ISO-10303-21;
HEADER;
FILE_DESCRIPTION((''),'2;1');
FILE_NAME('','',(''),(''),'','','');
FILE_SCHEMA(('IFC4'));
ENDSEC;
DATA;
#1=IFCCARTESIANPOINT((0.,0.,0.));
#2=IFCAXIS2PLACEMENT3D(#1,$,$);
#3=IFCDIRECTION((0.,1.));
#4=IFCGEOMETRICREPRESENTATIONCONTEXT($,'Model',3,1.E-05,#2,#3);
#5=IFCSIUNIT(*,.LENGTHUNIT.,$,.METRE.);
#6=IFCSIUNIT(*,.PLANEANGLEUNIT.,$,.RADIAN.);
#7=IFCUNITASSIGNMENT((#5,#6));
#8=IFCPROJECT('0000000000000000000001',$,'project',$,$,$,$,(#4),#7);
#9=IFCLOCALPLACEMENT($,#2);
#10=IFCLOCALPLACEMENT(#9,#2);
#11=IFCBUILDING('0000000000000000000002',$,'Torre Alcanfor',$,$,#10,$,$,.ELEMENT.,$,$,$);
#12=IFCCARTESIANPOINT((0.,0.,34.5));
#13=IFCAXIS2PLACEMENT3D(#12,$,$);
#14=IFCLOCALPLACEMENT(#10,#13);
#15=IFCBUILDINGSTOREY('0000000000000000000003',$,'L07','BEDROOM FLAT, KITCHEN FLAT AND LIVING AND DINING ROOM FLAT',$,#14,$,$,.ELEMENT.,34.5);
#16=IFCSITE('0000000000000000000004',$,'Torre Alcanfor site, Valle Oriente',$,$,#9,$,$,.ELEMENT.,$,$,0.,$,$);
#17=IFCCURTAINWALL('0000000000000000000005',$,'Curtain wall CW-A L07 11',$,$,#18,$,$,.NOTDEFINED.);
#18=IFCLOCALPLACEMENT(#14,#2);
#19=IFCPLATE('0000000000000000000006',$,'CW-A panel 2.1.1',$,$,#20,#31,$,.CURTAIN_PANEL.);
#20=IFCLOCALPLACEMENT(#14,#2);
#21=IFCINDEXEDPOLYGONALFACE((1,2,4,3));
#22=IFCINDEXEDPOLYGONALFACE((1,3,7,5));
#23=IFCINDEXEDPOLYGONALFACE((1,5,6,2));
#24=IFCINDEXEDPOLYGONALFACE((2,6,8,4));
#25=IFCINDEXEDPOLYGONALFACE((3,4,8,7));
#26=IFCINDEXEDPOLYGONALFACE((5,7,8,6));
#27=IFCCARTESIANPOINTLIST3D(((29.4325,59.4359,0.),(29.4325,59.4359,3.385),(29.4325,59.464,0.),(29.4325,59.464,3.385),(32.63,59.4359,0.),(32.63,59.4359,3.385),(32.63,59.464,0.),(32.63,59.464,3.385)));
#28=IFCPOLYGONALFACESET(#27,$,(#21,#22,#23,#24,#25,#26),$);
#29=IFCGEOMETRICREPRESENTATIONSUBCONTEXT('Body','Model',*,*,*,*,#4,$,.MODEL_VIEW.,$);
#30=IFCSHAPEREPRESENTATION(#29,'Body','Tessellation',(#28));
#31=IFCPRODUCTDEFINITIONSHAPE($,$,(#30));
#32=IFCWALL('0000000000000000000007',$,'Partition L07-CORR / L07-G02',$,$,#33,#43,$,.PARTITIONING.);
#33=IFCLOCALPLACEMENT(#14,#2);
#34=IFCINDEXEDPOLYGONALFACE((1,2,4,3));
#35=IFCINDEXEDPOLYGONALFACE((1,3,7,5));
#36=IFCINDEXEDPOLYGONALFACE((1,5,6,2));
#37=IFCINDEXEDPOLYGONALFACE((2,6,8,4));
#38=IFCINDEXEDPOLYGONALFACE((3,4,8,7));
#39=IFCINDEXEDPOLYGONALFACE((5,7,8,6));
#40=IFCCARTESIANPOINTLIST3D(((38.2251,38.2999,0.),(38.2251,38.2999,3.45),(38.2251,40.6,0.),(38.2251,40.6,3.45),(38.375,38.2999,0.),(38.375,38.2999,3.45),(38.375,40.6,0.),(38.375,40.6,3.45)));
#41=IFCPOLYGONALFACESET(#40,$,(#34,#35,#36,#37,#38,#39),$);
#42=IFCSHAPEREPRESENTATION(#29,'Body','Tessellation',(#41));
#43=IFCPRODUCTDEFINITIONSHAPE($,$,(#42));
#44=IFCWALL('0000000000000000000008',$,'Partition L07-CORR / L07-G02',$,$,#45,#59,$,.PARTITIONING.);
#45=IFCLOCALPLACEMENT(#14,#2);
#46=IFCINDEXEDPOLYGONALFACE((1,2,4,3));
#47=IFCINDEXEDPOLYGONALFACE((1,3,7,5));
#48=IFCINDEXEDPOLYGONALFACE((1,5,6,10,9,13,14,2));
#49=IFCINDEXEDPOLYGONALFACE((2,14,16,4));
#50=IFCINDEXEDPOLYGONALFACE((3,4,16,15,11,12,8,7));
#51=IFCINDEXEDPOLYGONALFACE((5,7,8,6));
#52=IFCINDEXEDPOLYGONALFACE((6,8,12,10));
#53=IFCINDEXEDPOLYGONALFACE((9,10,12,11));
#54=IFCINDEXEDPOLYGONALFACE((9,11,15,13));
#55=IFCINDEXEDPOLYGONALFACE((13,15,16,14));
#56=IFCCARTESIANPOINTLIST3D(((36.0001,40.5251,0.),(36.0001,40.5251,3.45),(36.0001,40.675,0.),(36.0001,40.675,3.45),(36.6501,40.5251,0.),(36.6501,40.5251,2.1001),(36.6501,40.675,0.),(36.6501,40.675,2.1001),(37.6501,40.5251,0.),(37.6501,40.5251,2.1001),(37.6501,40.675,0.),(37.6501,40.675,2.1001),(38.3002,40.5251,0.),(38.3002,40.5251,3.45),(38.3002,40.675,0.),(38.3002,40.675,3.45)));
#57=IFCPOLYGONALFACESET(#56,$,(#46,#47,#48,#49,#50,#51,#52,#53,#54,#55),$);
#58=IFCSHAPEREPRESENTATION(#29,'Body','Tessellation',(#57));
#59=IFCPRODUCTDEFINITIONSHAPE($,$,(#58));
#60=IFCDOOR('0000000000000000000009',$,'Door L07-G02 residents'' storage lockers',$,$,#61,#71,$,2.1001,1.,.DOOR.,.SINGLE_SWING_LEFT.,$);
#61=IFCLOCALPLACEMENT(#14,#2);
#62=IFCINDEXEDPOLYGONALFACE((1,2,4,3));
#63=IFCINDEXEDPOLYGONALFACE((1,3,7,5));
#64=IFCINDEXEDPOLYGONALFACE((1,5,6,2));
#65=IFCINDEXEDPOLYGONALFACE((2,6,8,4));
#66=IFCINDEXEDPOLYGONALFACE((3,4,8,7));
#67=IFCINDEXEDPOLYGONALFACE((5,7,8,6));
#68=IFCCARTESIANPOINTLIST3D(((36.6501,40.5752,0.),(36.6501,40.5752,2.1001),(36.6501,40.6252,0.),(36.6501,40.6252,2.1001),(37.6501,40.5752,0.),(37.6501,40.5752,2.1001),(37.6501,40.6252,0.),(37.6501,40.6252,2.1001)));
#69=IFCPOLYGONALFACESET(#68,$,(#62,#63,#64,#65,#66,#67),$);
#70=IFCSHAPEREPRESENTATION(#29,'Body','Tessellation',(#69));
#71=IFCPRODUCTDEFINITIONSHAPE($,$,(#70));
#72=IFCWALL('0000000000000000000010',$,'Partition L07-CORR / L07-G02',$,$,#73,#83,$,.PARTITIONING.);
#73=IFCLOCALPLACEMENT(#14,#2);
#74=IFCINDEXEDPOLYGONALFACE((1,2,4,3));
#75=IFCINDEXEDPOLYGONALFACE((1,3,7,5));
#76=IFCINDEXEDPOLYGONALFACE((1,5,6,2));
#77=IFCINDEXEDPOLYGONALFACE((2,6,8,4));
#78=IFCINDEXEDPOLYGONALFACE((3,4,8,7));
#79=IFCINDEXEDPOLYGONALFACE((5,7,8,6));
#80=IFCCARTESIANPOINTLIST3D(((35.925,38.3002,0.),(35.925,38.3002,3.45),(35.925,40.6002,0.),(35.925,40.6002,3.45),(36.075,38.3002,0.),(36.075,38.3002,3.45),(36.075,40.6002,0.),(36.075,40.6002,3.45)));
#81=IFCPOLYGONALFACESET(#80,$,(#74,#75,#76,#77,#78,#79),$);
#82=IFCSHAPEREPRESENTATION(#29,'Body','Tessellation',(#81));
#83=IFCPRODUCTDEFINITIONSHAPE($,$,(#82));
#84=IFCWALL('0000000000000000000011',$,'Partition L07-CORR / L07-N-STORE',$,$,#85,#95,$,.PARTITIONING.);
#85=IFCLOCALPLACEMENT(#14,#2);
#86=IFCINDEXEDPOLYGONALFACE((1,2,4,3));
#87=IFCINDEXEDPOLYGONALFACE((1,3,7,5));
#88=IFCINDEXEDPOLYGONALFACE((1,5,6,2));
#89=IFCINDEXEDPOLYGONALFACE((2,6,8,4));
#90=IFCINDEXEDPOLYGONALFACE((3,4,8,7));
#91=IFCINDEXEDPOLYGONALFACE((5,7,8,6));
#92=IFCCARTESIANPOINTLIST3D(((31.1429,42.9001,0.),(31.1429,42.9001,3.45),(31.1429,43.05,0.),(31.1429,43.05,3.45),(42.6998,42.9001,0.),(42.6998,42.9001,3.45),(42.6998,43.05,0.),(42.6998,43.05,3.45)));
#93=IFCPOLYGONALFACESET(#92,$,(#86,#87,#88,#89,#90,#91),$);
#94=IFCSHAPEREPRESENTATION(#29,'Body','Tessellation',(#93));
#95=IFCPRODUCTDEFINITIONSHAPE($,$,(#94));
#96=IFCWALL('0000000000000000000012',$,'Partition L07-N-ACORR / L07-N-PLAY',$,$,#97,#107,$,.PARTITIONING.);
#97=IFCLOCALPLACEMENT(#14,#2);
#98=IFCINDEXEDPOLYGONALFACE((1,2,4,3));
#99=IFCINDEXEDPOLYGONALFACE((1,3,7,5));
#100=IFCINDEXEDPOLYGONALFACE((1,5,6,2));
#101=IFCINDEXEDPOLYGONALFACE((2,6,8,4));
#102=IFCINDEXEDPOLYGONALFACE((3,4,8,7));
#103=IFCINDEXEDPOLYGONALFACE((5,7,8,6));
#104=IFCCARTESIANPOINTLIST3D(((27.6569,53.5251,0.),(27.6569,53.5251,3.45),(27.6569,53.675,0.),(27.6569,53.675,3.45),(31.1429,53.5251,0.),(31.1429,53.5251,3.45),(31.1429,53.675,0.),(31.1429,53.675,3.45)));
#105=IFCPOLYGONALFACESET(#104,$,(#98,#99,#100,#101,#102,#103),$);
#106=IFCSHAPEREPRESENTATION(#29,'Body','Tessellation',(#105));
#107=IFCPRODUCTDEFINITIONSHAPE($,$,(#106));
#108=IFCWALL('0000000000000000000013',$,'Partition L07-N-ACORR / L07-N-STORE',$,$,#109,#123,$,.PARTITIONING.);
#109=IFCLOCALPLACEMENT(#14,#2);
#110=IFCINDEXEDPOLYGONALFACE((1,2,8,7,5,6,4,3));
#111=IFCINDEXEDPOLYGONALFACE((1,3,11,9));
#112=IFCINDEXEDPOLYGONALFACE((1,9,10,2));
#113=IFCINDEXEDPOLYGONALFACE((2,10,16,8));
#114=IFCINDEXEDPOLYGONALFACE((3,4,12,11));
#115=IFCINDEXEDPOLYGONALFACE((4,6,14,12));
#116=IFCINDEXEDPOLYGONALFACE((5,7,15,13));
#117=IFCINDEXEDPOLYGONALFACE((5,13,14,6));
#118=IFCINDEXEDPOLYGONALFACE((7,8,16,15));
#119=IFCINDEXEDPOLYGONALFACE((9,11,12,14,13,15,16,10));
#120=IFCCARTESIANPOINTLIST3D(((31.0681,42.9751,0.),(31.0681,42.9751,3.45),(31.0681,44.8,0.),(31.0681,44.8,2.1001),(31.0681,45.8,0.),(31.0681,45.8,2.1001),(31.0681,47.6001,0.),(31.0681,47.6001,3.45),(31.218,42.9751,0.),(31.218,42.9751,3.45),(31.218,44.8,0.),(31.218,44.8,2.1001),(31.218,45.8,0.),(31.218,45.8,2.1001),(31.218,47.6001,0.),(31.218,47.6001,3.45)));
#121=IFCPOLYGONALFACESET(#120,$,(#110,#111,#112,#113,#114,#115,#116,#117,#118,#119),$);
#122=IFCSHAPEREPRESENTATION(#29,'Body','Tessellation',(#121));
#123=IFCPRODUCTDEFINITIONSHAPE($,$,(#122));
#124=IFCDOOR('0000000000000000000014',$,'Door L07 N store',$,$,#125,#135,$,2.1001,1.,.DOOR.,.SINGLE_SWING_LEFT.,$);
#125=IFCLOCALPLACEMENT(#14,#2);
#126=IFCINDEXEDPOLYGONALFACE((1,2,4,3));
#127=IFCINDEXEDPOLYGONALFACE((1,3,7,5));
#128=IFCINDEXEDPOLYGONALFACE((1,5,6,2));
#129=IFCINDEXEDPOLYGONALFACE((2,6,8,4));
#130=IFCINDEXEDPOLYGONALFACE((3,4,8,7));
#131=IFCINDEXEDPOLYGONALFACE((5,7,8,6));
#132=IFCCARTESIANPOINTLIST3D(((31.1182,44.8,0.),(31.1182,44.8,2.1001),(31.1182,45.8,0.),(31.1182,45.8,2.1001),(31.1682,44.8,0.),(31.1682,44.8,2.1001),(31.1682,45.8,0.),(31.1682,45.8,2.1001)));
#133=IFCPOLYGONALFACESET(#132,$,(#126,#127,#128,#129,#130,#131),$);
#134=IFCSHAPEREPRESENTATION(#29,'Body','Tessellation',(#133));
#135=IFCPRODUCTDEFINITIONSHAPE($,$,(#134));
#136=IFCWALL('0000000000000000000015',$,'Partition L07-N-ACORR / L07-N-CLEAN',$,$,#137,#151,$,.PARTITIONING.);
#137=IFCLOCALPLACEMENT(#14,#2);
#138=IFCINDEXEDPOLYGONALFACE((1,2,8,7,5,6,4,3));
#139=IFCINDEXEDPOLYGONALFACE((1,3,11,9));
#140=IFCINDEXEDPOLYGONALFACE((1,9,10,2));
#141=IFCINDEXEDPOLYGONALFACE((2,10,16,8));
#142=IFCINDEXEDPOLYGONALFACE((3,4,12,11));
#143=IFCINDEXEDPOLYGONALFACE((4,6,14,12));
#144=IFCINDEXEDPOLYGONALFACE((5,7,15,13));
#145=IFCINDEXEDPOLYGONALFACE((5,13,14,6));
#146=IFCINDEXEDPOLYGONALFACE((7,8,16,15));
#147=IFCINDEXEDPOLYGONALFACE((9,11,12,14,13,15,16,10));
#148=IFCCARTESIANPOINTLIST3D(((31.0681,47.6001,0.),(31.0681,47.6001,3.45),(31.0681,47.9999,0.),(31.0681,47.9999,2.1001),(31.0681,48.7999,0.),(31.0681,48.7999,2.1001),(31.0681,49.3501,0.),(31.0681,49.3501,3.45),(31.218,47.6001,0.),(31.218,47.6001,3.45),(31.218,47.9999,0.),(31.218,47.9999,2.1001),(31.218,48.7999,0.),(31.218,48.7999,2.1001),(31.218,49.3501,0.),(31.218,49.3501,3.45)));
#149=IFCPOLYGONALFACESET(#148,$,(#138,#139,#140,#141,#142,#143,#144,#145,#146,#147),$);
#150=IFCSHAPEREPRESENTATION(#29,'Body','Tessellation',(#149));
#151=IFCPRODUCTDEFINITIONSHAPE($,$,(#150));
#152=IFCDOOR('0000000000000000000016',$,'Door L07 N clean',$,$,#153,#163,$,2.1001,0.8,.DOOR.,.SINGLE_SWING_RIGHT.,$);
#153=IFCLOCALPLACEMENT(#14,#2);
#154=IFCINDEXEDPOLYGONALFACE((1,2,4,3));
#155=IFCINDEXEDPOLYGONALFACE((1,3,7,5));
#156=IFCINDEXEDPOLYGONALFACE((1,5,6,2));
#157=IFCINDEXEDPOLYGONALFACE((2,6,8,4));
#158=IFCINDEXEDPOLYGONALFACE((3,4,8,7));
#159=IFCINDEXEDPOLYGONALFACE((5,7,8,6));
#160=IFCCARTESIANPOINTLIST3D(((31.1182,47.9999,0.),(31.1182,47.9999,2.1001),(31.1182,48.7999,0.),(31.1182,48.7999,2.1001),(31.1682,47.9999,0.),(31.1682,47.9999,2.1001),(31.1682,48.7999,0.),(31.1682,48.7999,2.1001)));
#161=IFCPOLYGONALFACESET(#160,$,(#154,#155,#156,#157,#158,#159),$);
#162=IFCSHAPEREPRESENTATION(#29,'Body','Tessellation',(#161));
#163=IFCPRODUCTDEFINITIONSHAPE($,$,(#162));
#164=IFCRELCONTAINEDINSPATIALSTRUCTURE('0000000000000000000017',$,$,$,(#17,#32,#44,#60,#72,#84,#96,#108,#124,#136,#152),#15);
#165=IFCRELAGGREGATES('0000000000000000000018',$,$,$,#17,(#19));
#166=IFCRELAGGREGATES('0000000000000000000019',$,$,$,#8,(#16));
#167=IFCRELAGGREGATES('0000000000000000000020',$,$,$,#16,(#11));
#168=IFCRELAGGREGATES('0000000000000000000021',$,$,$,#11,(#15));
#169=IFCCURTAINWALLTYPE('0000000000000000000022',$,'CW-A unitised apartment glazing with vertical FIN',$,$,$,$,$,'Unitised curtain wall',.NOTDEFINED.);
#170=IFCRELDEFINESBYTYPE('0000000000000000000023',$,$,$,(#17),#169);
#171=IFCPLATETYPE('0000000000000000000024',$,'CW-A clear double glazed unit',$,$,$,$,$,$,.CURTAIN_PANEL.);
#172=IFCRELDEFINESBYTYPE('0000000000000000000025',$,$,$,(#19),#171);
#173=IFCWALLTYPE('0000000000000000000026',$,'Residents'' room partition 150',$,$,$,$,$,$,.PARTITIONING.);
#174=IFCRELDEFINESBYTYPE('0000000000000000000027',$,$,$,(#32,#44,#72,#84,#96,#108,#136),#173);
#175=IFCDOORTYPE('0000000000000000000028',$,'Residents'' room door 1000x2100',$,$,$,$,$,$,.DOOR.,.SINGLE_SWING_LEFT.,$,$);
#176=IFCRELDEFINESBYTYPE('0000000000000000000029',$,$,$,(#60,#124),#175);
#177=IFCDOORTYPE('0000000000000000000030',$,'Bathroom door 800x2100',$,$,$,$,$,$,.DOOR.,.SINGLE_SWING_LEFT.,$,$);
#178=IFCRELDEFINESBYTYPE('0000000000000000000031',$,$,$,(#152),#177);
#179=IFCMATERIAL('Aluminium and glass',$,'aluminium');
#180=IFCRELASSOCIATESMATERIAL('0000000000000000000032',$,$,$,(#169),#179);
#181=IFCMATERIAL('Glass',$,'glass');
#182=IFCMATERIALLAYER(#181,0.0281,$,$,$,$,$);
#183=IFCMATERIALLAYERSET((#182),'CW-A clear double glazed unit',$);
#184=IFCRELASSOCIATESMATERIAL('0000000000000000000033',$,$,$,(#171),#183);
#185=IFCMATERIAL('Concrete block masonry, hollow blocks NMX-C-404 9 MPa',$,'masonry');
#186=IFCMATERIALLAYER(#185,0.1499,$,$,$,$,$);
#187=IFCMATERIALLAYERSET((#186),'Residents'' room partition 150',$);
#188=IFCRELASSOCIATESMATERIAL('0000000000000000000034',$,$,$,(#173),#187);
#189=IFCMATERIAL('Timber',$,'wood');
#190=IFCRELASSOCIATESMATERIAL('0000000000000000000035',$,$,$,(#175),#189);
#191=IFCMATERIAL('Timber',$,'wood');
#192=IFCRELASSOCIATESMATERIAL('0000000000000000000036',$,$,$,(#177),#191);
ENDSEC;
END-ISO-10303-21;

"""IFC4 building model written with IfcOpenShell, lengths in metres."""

from ifc_helpers import new_model, si_unit, direction, frame, frame_2d, origin, origin_2d, place, context, subcontext, project, spatial, rectangle, extrude, material, layer, layer_set, type_object, element, fill, aggregate, save


model = new_model("IFC4")

# Units and contexts
model_context = context("Model", 3, precision=1e-05, world=origin(), true_north=direction((0.0, 1.0)))
body_context = subcontext(model_context, "Body", "Model", "MODEL_VIEW")
ifc_project = project(units=[si_unit("LENGTHUNIT", "METRE"), si_unit("PLANEANGLEUNIT", "RADIAN")], contexts=[model_context])

# Site, building, storey
site_placement = place(None, origin())
site = spatial("IfcSite", under=ifc_project, at=site_placement, Name="Torre Alcanfor site, Valle Oriente", CompositionType="ELEMENT", RefElevation=0.0)
building_placement = place(site_placement, origin())
building = spatial("IfcBuilding", under=site, at=building_placement, Name="Torre Alcanfor", CompositionType="ELEMENT")
storey_placement = place(building_placement, frame((0.0, 0.0, 34.5)))
storey = spatial("IfcBuildingStorey", under=building, at=storey_placement, Name="L07", Description="BEDROOM FLAT, KITCHEN FLAT AND LIVING AND DINING ROOM FLAT", CompositionType="ELEMENT", Elevation=34.5)

# Curtain wall
ifc_material_1 = material(Name="Aluminium and glass", Category="aluminium")
curtain_wall_type = type_object("IfcCurtainWallType", Name="CW-A unitised apartment glazing with vertical FIN", ElementType="Unitised curtain wall", PredefinedType="NOTDEFINED", material=ifc_material_1)
curtain_wall_placement = place(storey_placement, origin())
curtain_wall = element("IfcCurtainWall", 1, at=curtain_wall_placement, inside=storey, type_object=curtain_wall_type, Name="Curtain wall CW-A L07 11", PredefinedType="NOTDEFINED")

# Plate
ifc_material_2 = material(Name="Glass", Category="glass")
ifc_layer_1 = layer(ifc_material_2, 0.0281)
ifc_layer_set_1 = layer_set([ifc_layer_1], Name="CW-A clear double glazed unit")
plate_type = type_object("IfcPlateType", Name="CW-A clear double glazed unit", PredefinedType="CURTAIN_PANEL", material=ifc_layer_set_1)
plate_1_placement = place(storey_placement, frame((31.0312, 59.45, 0.0), z_axis=(0.0, 0.0, 1.0), x_axis=(-1.0, 0.0, 0.0)))
plate_1 = element("IfcPlate", 2, at=plate_1_placement, type_object=plate_type, Name="CW-A panel 2.1.1", PredefinedType="CURTAIN_PANEL", context=body_context, shape_type="SweptSolid", body=[
    extrude(rectangle(XDim=3.1975, YDim=0.0281, at=origin_2d()), origin(), (0.0, 0.0, 1.0), 3.385),
])
aggregate(curtain_wall, [plate_1])

# Wall
ifc_material_3 = material(Name="Concrete block masonry, hollow blocks NMX-C-404 9 MPa", Category="masonry")
ifc_layer_2 = layer(ifc_material_3, 0.1499)
ifc_layer_set_2 = layer_set([ifc_layer_2], Name="Residents' room partition 150")
wall_type = type_object("IfcWallType", Name="Residents' room partition 150", PredefinedType="PARTITIONING", material=ifc_layer_set_2)
wall_1_placement = place(storey_placement, frame((38.3, 38.3, 0.0), z_axis=(0.0, 0.0, 1.0), x_axis=(0.0, 1.0, 0.0)))
element("IfcWall", 3, at=wall_1_placement, inside=storey, type_object=wall_type, Name="Partition L07-CORR / L07-G02", PredefinedType="PARTITIONING", context=body_context, shape_type="SweptSolid", body=[
    extrude(rectangle(XDim=2.3, YDim=0.1499, at=frame_2d((1.1499, 0.0))), origin(), (0.0, 0.0, 1.0), 3.45),
])

# Wall, opening, door
wall_2_placement = place(storey_placement, frame((38.3, 40.6001, 0.0), z_axis=(0.0, 0.0, 1.0), x_axis=(-1.0, 0.0, 0.0)))
wall_2 = element("IfcWall", 4, at=wall_2_placement, inside=storey, type_object=wall_type, Name="Partition L07-CORR / L07-G02", PredefinedType="PARTITIONING", context=body_context, shape_type="SweptSolid", body=[
    extrude(rectangle(XDim=2.3, YDim=0.1499, at=frame_2d((1.1499, 0.0))), origin(), (0.0, 0.0, 1.0), 3.45),
])
opening_1_placement = place(wall_2_placement, frame((0.6499, 0.0, 0.0)))
opening_1 = element("IfcOpeningElement", 5, at=opening_1_placement, cuts=wall_2, PredefinedType="OPENING", context=body_context, shape_type="SweptSolid", body=[
    extrude(rectangle(XDim=1.0, YDim=2.1001, at=frame_2d((0.5, 1.05))), frame((0.0, 0.085, 0.0), z_axis=(0.0, -1.0, 0.0), x_axis=(1.0, 0.0, 0.0)), (0.0, 0.0, 1.0), 0.1699),
])
ifc_material_4 = material(Name="Timber", Category="wood")
door_type_1 = type_object("IfcDoorType", Name="Residents' room door 1000x2100", OperationType="SINGLE_SWING_LEFT", PredefinedType="DOOR", material=ifc_material_4)
door_1_placement = place(opening_1_placement, origin())
door_1 = element("IfcDoor", 6, at=door_1_placement, inside=storey, type_object=door_type_1, Name="Door L07-G02 residents' storage lockers", OperationType="SINGLE_SWING_LEFT", OverallHeight=2.1001, OverallWidth=1.0, PredefinedType="DOOR", context=body_context, shape_type="SweptSolid", body=[
    extrude(rectangle(XDim=1.0, YDim=2.1001, at=frame_2d((0.5, 1.05))), frame((0.0, 0.0249, 0.0), z_axis=(0.0, -1.0, 0.0), x_axis=(1.0, 0.0, 0.0)), (0.0, 0.0, 1.0), 0.05),
])
fill(opening_1, door_1)

# Walls
wall_3_placement = place(storey_placement, frame((36.0, 40.6001, 0.0), z_axis=(0.0, 0.0, 1.0), x_axis=(0.0, -1.0, 0.0)))
element("IfcWall", 7, at=wall_3_placement, inside=storey, type_object=wall_type, Name="Partition L07-CORR / L07-G02", PredefinedType="PARTITIONING", context=body_context, shape_type="SweptSolid", body=[
    extrude(rectangle(XDim=2.3, YDim=0.1499, at=frame_2d((1.1499, 0.0))), origin(), (0.0, 0.0, 1.0), 3.45),
])
wall_4_placement = place(storey_placement, frame((31.1431, 42.9751, 0.0), z_axis=(0.0, 0.0, 1.0), x_axis=(1.0, 0.0, 0.0)))
element("IfcWall", 8, at=wall_4_placement, inside=storey, type_object=wall_type, Name="Partition L07-CORR / L07-N-STORE", PredefinedType="PARTITIONING", context=body_context, shape_type="SweptSolid", body=[
    extrude(rectangle(XDim=11.5569, YDim=0.1499, at=frame_2d((5.7783, 0.0))), origin(), (0.0, 0.0, 1.0), 3.45),
])
wall_5_placement = place(storey_placement, frame((31.1431, 53.6001, 0.0), z_axis=(0.0, 0.0, 1.0), x_axis=(-1.0, 0.0, 0.0)))
element("IfcWall", 9, at=wall_5_placement, inside=storey, type_object=wall_type, Name="Partition L07-N-ACORR / L07-N-PLAY", PredefinedType="PARTITIONING", context=body_context, shape_type="SweptSolid", body=[
    extrude(rectangle(XDim=3.4861, YDim=0.1499, at=frame_2d((1.7432, 0.0))), origin(), (0.0, 0.0, 1.0), 3.45),
])

# Walls, openings, doors
wall_6_placement = place(storey_placement, frame((31.1431, 42.9751, 0.0), z_axis=(0.0, 0.0, 1.0), x_axis=(0.0, 1.0, 0.0)))
wall_6 = element("IfcWall", 10, at=wall_6_placement, inside=storey, type_object=wall_type, Name="Partition L07-N-ACORR / L07-N-STORE", PredefinedType="PARTITIONING", context=body_context, shape_type="SweptSolid", body=[
    extrude(rectangle(XDim=4.625, YDim=0.1499, at=frame_2d((2.3125, 0.0))), origin(), (0.0, 0.0, 1.0), 3.45),
])
opening_2_placement = place(wall_6_placement, frame((1.825, 0.0, 0.0)))
opening_2 = element("IfcOpeningElement", 11, at=opening_2_placement, cuts=wall_6, PredefinedType="OPENING", context=body_context, shape_type="SweptSolid", body=[
    extrude(rectangle(XDim=1.0, YDim=2.1001, at=frame_2d((0.5, 1.05))), frame((0.0, 0.085, 0.0), z_axis=(0.0, -1.0, 0.0), x_axis=(1.0, 0.0, 0.0)), (0.0, 0.0, 1.0), 0.1699),
])
door_2_placement = place(opening_2_placement, frame((1.0, 0.0, 0.0), z_axis=(0.0, 0.0, 1.0), x_axis=(-1.0, 0.0, 0.0)))
door_2 = element("IfcDoor", 12, at=door_2_placement, inside=storey, type_object=door_type_1, Name="Door L07 N store", OperationType="SINGLE_SWING_LEFT", OverallHeight=2.1001, OverallWidth=1.0, PredefinedType="DOOR", context=body_context, shape_type="SweptSolid", body=[
    extrude(rectangle(XDim=1.0, YDim=2.1001, at=frame_2d((0.5, 1.05))), frame((0.0, 0.0251, 0.0), z_axis=(0.0, -1.0, 0.0), x_axis=(1.0, 0.0, 0.0)), (0.0, 0.0, 1.0), 0.05),
])
fill(opening_2, door_2)
wall_7_placement = place(storey_placement, frame((31.1431, 47.6001, 0.0), z_axis=(0.0, 0.0, 1.0), x_axis=(0.0, 1.0, 0.0)))
wall_7 = element("IfcWall", 13, at=wall_7_placement, inside=storey, type_object=wall_type, Name="Partition L07-N-ACORR / L07-N-CLEAN", PredefinedType="PARTITIONING", context=body_context, shape_type="SweptSolid", body=[
    extrude(rectangle(XDim=1.75, YDim=0.1499, at=frame_2d((0.875, 0.0))), origin(), (0.0, 0.0, 1.0), 3.45),
])
opening_3_placement = place(wall_7_placement, frame((0.3999, 0.0, 0.0)))
opening_3 = element("IfcOpeningElement", 14, at=opening_3_placement, cuts=wall_7, PredefinedType="OPENING", context=body_context, shape_type="SweptSolid", body=[
    extrude(rectangle(XDim=0.8, YDim=2.1001, at=frame_2d((0.3999, 1.05))), frame((0.0, 0.085, 0.0), z_axis=(0.0, -1.0, 0.0), x_axis=(1.0, 0.0, 0.0)), (0.0, 0.0, 1.0), 0.1699),
])
ifc_material_5 = material(Name="Timber", Category="wood")
door_type_2 = type_object("IfcDoorType", Name="Bathroom door 800x2100", OperationType="SINGLE_SWING_LEFT", PredefinedType="DOOR", material=ifc_material_5)
door_3_placement = place(opening_3_placement, frame((0.8, 0.0, 0.0), z_axis=(0.0, 0.0, 1.0), x_axis=(-1.0, 0.0, 0.0)))
door_3 = element("IfcDoor", 15, at=door_3_placement, inside=storey, type_object=door_type_2, Name="Door L07 N clean", OperationType="SINGLE_SWING_RIGHT", OverallHeight=2.1001, OverallWidth=0.8, PredefinedType="DOOR", context=body_context, shape_type="SweptSolid", body=[
    extrude(rectangle(XDim=0.8, YDim=2.1001, at=frame_2d((0.4001, 1.05))), frame((0.0, 0.0251, 0.0), z_axis=(0.0, -1.0, 0.0), x_axis=(1.0, 0.0, 0.0)), (0.0, 0.0, 1.0), 0.05),
])
fill(opening_3, door_3)

save(model, "model.ifc")
